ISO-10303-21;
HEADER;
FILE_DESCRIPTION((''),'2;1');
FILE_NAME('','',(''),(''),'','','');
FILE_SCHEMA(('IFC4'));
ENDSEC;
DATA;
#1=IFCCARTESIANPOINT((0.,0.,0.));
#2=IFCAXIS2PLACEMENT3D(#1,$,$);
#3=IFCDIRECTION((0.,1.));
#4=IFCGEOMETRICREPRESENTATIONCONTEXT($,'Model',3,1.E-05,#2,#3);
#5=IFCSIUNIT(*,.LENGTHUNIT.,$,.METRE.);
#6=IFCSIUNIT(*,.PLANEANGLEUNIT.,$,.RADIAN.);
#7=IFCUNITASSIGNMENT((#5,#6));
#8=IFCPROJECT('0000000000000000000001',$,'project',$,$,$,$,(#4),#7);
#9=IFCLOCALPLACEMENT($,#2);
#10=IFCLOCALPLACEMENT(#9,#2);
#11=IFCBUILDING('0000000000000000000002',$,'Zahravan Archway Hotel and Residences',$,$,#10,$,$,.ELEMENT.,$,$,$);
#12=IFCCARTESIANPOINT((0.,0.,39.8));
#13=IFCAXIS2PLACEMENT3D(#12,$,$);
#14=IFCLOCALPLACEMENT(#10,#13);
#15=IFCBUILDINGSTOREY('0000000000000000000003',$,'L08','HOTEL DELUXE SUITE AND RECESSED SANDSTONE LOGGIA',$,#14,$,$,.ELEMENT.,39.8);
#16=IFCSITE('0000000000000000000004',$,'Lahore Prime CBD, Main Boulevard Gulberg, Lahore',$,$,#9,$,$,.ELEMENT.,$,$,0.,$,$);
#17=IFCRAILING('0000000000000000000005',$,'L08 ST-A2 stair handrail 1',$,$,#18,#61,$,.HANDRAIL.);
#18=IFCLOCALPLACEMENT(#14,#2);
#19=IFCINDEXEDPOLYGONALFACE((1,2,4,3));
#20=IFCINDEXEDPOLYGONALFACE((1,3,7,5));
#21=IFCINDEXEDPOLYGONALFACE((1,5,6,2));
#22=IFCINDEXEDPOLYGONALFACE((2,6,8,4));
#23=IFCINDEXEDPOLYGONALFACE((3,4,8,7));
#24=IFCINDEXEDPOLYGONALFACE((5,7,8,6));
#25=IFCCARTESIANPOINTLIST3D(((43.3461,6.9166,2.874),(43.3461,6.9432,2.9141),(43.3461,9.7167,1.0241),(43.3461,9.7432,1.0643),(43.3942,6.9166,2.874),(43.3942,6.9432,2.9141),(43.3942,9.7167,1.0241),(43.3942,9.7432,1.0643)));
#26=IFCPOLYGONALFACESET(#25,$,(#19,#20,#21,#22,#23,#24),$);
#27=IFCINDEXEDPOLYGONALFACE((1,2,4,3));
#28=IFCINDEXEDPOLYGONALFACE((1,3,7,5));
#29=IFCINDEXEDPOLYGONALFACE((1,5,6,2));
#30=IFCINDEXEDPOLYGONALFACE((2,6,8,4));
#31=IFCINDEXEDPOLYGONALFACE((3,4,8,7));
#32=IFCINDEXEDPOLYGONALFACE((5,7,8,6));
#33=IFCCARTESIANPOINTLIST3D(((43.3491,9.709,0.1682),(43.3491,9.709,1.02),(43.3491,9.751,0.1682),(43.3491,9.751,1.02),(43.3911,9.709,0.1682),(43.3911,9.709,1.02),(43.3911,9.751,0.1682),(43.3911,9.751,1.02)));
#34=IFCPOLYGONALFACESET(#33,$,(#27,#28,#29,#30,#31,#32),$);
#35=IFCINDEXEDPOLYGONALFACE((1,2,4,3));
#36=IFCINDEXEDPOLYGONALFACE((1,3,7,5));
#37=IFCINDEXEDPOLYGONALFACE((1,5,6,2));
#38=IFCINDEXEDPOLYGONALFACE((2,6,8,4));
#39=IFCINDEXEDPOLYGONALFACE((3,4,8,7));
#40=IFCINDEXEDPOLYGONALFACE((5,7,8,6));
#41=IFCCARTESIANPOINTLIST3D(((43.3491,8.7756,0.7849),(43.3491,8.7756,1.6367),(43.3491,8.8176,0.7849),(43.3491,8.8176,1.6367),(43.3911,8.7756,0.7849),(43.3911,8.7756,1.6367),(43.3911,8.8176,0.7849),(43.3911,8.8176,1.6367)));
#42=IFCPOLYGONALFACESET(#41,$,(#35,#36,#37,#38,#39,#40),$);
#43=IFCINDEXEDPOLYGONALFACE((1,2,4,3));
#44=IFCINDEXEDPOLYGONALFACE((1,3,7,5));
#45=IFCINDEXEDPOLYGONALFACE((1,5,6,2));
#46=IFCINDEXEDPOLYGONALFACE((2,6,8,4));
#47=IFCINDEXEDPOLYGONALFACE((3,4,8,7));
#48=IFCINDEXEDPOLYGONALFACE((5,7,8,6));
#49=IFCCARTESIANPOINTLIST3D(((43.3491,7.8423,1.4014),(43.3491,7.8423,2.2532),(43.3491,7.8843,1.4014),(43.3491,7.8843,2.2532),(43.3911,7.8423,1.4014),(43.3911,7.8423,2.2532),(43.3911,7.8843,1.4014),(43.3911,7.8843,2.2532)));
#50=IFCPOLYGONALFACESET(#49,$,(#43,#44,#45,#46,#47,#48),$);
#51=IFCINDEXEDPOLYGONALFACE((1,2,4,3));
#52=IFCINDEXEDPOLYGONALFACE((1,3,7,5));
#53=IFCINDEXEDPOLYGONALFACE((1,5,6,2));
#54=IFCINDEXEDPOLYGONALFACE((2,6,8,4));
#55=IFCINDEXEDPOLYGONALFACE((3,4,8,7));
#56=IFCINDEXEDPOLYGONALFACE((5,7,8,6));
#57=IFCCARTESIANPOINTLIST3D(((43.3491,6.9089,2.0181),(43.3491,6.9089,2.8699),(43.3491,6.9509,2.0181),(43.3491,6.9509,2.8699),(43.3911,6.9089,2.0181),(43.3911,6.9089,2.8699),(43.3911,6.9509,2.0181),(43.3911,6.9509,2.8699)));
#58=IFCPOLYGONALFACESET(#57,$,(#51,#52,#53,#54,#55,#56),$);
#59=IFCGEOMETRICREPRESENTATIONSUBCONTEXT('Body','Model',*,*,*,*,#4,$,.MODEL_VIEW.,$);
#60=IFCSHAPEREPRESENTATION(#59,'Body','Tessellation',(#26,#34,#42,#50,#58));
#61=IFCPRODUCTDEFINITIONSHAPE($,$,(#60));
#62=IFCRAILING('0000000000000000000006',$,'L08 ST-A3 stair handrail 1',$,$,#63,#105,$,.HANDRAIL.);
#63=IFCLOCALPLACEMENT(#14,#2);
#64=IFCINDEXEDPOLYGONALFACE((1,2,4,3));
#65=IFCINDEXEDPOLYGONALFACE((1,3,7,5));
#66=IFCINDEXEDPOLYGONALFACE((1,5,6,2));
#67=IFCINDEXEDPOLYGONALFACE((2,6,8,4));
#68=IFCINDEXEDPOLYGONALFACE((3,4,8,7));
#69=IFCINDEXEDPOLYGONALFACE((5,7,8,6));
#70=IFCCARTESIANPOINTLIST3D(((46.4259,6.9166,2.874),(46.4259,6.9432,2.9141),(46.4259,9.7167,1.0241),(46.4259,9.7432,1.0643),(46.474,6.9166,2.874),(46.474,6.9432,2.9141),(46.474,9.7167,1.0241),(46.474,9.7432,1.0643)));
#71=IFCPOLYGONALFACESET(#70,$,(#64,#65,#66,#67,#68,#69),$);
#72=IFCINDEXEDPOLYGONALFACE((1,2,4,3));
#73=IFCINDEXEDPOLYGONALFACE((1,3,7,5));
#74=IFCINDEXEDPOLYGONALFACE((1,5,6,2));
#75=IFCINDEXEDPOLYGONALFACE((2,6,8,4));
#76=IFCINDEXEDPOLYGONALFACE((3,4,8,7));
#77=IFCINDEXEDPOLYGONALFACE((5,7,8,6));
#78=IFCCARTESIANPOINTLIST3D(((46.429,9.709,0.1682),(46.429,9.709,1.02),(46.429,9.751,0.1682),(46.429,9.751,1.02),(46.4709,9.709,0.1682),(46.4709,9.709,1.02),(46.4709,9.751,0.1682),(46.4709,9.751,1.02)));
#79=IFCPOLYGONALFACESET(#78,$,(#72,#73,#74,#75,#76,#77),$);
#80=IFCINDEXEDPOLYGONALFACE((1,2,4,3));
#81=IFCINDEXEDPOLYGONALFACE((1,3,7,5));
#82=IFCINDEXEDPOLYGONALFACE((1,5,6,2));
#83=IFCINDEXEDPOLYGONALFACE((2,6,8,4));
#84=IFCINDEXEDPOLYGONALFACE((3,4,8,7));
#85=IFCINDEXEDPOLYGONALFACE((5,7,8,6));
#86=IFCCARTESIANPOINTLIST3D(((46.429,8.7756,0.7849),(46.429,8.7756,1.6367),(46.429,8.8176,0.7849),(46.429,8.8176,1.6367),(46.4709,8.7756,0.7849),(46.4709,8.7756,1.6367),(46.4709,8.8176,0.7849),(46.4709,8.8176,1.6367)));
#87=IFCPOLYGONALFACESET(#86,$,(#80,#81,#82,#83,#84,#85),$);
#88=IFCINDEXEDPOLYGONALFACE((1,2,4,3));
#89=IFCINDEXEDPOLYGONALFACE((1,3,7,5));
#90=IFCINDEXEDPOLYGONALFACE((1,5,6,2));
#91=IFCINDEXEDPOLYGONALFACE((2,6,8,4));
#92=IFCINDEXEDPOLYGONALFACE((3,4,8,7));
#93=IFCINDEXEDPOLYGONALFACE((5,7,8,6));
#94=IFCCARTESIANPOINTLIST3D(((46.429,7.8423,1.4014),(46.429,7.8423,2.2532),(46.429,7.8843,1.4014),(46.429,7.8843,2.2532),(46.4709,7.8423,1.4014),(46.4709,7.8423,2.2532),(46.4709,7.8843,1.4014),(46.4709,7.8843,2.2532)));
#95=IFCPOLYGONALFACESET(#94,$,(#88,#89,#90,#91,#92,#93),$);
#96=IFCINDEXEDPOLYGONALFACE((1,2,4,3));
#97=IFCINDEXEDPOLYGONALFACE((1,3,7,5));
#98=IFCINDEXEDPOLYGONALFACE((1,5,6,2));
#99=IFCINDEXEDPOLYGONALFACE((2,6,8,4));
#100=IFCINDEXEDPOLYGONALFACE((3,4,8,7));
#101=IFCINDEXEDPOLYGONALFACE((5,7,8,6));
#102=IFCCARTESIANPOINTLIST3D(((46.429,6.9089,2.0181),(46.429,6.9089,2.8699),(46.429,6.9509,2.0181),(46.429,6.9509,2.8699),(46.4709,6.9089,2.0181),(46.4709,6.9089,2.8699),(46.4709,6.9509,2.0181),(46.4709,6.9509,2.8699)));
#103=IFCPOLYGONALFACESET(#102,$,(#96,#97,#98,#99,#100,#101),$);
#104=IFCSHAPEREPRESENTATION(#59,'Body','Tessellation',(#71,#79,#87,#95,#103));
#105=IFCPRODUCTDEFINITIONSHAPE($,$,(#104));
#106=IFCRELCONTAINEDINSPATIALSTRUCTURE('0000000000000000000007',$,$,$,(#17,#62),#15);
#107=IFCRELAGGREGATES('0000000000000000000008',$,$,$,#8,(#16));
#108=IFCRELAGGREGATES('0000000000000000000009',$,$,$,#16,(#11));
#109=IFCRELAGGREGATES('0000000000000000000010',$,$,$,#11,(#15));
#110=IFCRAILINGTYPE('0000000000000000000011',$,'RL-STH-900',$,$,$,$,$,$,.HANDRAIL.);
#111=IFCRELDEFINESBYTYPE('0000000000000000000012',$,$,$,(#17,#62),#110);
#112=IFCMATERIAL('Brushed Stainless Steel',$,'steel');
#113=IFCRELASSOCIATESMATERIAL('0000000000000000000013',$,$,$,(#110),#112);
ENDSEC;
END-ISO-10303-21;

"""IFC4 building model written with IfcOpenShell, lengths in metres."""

from ifc_helpers import new_model, si_unit, direction, frame, origin, origin_2d, place, context, subcontext, project, spatial, rectangle, extrude, material, type_object, element, save


model = new_model("IFC4")

# Units and contexts
model_context = context("Model", 3, precision=1e-05, world=origin(), true_north=direction((0.0, 1.0)))
body_context = subcontext(model_context, "Body", "Model", "MODEL_VIEW")
ifc_project = project(units=[si_unit("LENGTHUNIT", "METRE"), si_unit("PLANEANGLEUNIT", "RADIAN")], contexts=[model_context])

# Site, building, storey
site_placement = place(None, origin())
site = spatial("IfcSite", under=ifc_project, at=site_placement, Name="Lahore Prime CBD, Main Boulevard Gulberg, Lahore", CompositionType="ELEMENT", RefElevation=0.0)
building_placement = place(site_placement, origin())
building = spatial("IfcBuilding", under=site, at=building_placement, Name="Zahravan Archway Hotel and Residences", CompositionType="ELEMENT")
storey_placement = place(building_placement, frame((0.0, 0.0, 39.8)))
storey = spatial("IfcBuildingStorey", under=building, at=storey_placement, Name="L08", Description="HOTEL DELUXE SUITE AND RECESSED SANDSTONE LOGGIA", CompositionType="ELEMENT", Elevation=39.8)

# Shared definitions
ifc_material_1 = material(Name="Brushed Stainless Steel", Category="steel")

# Railings
railing_type_1 = type_object("IfcRailingType", Name="RL-STH-900", PredefinedType="HANDRAIL", material=ifc_material_1)
for number, where, name in (
    (1, (43.3701, 9.73, 0.1682), "L08 ST-A2 stair handrail 1"),
    (2, (46.45, 9.73, 0.1682), "L08 ST-A3 stair handrail 1"),
):
    element("IfcRailing", number, at=place(storey_placement, frame(where)), inside=storey, type_object=railing_type_1, Name=name, PredefinedType="HANDRAIL", context=body_context, shape_type="SweptSolid", body=[
        extrude(rectangle(XDim=0.0481, YDim=0.0481, at=origin_2d()), frame((0.0, 0.0, 0.876), z_axis=(0.0, -0.83436, 0.55122), x_axis=(1.0, 0.0, 0.0)), (0.0, 0.0, 1.0), 3.356),
        extrude(rectangle(XDim=0.042, YDim=0.042, at=origin_2d()), origin(), (0.0, 0.0, 1.0), 0.8518),
        extrude(rectangle(XDim=0.042, YDim=0.042, at=origin_2d()), frame((0.0, -0.9333, 0.6167)), (0.0, 0.0, 1.0), 0.8518),
        extrude(rectangle(XDim=0.042, YDim=0.042, at=origin_2d()), frame((0.0, -1.8667, 1.2332)), (0.0, 0.0, 1.0), 0.8518),
        extrude(rectangle(XDim=0.042, YDim=0.042, at=origin_2d()), frame((0.0, -2.8, 1.8499)), (0.0, 0.0, 1.0), 0.8518),
    ])

save(model, "model.ifc")
